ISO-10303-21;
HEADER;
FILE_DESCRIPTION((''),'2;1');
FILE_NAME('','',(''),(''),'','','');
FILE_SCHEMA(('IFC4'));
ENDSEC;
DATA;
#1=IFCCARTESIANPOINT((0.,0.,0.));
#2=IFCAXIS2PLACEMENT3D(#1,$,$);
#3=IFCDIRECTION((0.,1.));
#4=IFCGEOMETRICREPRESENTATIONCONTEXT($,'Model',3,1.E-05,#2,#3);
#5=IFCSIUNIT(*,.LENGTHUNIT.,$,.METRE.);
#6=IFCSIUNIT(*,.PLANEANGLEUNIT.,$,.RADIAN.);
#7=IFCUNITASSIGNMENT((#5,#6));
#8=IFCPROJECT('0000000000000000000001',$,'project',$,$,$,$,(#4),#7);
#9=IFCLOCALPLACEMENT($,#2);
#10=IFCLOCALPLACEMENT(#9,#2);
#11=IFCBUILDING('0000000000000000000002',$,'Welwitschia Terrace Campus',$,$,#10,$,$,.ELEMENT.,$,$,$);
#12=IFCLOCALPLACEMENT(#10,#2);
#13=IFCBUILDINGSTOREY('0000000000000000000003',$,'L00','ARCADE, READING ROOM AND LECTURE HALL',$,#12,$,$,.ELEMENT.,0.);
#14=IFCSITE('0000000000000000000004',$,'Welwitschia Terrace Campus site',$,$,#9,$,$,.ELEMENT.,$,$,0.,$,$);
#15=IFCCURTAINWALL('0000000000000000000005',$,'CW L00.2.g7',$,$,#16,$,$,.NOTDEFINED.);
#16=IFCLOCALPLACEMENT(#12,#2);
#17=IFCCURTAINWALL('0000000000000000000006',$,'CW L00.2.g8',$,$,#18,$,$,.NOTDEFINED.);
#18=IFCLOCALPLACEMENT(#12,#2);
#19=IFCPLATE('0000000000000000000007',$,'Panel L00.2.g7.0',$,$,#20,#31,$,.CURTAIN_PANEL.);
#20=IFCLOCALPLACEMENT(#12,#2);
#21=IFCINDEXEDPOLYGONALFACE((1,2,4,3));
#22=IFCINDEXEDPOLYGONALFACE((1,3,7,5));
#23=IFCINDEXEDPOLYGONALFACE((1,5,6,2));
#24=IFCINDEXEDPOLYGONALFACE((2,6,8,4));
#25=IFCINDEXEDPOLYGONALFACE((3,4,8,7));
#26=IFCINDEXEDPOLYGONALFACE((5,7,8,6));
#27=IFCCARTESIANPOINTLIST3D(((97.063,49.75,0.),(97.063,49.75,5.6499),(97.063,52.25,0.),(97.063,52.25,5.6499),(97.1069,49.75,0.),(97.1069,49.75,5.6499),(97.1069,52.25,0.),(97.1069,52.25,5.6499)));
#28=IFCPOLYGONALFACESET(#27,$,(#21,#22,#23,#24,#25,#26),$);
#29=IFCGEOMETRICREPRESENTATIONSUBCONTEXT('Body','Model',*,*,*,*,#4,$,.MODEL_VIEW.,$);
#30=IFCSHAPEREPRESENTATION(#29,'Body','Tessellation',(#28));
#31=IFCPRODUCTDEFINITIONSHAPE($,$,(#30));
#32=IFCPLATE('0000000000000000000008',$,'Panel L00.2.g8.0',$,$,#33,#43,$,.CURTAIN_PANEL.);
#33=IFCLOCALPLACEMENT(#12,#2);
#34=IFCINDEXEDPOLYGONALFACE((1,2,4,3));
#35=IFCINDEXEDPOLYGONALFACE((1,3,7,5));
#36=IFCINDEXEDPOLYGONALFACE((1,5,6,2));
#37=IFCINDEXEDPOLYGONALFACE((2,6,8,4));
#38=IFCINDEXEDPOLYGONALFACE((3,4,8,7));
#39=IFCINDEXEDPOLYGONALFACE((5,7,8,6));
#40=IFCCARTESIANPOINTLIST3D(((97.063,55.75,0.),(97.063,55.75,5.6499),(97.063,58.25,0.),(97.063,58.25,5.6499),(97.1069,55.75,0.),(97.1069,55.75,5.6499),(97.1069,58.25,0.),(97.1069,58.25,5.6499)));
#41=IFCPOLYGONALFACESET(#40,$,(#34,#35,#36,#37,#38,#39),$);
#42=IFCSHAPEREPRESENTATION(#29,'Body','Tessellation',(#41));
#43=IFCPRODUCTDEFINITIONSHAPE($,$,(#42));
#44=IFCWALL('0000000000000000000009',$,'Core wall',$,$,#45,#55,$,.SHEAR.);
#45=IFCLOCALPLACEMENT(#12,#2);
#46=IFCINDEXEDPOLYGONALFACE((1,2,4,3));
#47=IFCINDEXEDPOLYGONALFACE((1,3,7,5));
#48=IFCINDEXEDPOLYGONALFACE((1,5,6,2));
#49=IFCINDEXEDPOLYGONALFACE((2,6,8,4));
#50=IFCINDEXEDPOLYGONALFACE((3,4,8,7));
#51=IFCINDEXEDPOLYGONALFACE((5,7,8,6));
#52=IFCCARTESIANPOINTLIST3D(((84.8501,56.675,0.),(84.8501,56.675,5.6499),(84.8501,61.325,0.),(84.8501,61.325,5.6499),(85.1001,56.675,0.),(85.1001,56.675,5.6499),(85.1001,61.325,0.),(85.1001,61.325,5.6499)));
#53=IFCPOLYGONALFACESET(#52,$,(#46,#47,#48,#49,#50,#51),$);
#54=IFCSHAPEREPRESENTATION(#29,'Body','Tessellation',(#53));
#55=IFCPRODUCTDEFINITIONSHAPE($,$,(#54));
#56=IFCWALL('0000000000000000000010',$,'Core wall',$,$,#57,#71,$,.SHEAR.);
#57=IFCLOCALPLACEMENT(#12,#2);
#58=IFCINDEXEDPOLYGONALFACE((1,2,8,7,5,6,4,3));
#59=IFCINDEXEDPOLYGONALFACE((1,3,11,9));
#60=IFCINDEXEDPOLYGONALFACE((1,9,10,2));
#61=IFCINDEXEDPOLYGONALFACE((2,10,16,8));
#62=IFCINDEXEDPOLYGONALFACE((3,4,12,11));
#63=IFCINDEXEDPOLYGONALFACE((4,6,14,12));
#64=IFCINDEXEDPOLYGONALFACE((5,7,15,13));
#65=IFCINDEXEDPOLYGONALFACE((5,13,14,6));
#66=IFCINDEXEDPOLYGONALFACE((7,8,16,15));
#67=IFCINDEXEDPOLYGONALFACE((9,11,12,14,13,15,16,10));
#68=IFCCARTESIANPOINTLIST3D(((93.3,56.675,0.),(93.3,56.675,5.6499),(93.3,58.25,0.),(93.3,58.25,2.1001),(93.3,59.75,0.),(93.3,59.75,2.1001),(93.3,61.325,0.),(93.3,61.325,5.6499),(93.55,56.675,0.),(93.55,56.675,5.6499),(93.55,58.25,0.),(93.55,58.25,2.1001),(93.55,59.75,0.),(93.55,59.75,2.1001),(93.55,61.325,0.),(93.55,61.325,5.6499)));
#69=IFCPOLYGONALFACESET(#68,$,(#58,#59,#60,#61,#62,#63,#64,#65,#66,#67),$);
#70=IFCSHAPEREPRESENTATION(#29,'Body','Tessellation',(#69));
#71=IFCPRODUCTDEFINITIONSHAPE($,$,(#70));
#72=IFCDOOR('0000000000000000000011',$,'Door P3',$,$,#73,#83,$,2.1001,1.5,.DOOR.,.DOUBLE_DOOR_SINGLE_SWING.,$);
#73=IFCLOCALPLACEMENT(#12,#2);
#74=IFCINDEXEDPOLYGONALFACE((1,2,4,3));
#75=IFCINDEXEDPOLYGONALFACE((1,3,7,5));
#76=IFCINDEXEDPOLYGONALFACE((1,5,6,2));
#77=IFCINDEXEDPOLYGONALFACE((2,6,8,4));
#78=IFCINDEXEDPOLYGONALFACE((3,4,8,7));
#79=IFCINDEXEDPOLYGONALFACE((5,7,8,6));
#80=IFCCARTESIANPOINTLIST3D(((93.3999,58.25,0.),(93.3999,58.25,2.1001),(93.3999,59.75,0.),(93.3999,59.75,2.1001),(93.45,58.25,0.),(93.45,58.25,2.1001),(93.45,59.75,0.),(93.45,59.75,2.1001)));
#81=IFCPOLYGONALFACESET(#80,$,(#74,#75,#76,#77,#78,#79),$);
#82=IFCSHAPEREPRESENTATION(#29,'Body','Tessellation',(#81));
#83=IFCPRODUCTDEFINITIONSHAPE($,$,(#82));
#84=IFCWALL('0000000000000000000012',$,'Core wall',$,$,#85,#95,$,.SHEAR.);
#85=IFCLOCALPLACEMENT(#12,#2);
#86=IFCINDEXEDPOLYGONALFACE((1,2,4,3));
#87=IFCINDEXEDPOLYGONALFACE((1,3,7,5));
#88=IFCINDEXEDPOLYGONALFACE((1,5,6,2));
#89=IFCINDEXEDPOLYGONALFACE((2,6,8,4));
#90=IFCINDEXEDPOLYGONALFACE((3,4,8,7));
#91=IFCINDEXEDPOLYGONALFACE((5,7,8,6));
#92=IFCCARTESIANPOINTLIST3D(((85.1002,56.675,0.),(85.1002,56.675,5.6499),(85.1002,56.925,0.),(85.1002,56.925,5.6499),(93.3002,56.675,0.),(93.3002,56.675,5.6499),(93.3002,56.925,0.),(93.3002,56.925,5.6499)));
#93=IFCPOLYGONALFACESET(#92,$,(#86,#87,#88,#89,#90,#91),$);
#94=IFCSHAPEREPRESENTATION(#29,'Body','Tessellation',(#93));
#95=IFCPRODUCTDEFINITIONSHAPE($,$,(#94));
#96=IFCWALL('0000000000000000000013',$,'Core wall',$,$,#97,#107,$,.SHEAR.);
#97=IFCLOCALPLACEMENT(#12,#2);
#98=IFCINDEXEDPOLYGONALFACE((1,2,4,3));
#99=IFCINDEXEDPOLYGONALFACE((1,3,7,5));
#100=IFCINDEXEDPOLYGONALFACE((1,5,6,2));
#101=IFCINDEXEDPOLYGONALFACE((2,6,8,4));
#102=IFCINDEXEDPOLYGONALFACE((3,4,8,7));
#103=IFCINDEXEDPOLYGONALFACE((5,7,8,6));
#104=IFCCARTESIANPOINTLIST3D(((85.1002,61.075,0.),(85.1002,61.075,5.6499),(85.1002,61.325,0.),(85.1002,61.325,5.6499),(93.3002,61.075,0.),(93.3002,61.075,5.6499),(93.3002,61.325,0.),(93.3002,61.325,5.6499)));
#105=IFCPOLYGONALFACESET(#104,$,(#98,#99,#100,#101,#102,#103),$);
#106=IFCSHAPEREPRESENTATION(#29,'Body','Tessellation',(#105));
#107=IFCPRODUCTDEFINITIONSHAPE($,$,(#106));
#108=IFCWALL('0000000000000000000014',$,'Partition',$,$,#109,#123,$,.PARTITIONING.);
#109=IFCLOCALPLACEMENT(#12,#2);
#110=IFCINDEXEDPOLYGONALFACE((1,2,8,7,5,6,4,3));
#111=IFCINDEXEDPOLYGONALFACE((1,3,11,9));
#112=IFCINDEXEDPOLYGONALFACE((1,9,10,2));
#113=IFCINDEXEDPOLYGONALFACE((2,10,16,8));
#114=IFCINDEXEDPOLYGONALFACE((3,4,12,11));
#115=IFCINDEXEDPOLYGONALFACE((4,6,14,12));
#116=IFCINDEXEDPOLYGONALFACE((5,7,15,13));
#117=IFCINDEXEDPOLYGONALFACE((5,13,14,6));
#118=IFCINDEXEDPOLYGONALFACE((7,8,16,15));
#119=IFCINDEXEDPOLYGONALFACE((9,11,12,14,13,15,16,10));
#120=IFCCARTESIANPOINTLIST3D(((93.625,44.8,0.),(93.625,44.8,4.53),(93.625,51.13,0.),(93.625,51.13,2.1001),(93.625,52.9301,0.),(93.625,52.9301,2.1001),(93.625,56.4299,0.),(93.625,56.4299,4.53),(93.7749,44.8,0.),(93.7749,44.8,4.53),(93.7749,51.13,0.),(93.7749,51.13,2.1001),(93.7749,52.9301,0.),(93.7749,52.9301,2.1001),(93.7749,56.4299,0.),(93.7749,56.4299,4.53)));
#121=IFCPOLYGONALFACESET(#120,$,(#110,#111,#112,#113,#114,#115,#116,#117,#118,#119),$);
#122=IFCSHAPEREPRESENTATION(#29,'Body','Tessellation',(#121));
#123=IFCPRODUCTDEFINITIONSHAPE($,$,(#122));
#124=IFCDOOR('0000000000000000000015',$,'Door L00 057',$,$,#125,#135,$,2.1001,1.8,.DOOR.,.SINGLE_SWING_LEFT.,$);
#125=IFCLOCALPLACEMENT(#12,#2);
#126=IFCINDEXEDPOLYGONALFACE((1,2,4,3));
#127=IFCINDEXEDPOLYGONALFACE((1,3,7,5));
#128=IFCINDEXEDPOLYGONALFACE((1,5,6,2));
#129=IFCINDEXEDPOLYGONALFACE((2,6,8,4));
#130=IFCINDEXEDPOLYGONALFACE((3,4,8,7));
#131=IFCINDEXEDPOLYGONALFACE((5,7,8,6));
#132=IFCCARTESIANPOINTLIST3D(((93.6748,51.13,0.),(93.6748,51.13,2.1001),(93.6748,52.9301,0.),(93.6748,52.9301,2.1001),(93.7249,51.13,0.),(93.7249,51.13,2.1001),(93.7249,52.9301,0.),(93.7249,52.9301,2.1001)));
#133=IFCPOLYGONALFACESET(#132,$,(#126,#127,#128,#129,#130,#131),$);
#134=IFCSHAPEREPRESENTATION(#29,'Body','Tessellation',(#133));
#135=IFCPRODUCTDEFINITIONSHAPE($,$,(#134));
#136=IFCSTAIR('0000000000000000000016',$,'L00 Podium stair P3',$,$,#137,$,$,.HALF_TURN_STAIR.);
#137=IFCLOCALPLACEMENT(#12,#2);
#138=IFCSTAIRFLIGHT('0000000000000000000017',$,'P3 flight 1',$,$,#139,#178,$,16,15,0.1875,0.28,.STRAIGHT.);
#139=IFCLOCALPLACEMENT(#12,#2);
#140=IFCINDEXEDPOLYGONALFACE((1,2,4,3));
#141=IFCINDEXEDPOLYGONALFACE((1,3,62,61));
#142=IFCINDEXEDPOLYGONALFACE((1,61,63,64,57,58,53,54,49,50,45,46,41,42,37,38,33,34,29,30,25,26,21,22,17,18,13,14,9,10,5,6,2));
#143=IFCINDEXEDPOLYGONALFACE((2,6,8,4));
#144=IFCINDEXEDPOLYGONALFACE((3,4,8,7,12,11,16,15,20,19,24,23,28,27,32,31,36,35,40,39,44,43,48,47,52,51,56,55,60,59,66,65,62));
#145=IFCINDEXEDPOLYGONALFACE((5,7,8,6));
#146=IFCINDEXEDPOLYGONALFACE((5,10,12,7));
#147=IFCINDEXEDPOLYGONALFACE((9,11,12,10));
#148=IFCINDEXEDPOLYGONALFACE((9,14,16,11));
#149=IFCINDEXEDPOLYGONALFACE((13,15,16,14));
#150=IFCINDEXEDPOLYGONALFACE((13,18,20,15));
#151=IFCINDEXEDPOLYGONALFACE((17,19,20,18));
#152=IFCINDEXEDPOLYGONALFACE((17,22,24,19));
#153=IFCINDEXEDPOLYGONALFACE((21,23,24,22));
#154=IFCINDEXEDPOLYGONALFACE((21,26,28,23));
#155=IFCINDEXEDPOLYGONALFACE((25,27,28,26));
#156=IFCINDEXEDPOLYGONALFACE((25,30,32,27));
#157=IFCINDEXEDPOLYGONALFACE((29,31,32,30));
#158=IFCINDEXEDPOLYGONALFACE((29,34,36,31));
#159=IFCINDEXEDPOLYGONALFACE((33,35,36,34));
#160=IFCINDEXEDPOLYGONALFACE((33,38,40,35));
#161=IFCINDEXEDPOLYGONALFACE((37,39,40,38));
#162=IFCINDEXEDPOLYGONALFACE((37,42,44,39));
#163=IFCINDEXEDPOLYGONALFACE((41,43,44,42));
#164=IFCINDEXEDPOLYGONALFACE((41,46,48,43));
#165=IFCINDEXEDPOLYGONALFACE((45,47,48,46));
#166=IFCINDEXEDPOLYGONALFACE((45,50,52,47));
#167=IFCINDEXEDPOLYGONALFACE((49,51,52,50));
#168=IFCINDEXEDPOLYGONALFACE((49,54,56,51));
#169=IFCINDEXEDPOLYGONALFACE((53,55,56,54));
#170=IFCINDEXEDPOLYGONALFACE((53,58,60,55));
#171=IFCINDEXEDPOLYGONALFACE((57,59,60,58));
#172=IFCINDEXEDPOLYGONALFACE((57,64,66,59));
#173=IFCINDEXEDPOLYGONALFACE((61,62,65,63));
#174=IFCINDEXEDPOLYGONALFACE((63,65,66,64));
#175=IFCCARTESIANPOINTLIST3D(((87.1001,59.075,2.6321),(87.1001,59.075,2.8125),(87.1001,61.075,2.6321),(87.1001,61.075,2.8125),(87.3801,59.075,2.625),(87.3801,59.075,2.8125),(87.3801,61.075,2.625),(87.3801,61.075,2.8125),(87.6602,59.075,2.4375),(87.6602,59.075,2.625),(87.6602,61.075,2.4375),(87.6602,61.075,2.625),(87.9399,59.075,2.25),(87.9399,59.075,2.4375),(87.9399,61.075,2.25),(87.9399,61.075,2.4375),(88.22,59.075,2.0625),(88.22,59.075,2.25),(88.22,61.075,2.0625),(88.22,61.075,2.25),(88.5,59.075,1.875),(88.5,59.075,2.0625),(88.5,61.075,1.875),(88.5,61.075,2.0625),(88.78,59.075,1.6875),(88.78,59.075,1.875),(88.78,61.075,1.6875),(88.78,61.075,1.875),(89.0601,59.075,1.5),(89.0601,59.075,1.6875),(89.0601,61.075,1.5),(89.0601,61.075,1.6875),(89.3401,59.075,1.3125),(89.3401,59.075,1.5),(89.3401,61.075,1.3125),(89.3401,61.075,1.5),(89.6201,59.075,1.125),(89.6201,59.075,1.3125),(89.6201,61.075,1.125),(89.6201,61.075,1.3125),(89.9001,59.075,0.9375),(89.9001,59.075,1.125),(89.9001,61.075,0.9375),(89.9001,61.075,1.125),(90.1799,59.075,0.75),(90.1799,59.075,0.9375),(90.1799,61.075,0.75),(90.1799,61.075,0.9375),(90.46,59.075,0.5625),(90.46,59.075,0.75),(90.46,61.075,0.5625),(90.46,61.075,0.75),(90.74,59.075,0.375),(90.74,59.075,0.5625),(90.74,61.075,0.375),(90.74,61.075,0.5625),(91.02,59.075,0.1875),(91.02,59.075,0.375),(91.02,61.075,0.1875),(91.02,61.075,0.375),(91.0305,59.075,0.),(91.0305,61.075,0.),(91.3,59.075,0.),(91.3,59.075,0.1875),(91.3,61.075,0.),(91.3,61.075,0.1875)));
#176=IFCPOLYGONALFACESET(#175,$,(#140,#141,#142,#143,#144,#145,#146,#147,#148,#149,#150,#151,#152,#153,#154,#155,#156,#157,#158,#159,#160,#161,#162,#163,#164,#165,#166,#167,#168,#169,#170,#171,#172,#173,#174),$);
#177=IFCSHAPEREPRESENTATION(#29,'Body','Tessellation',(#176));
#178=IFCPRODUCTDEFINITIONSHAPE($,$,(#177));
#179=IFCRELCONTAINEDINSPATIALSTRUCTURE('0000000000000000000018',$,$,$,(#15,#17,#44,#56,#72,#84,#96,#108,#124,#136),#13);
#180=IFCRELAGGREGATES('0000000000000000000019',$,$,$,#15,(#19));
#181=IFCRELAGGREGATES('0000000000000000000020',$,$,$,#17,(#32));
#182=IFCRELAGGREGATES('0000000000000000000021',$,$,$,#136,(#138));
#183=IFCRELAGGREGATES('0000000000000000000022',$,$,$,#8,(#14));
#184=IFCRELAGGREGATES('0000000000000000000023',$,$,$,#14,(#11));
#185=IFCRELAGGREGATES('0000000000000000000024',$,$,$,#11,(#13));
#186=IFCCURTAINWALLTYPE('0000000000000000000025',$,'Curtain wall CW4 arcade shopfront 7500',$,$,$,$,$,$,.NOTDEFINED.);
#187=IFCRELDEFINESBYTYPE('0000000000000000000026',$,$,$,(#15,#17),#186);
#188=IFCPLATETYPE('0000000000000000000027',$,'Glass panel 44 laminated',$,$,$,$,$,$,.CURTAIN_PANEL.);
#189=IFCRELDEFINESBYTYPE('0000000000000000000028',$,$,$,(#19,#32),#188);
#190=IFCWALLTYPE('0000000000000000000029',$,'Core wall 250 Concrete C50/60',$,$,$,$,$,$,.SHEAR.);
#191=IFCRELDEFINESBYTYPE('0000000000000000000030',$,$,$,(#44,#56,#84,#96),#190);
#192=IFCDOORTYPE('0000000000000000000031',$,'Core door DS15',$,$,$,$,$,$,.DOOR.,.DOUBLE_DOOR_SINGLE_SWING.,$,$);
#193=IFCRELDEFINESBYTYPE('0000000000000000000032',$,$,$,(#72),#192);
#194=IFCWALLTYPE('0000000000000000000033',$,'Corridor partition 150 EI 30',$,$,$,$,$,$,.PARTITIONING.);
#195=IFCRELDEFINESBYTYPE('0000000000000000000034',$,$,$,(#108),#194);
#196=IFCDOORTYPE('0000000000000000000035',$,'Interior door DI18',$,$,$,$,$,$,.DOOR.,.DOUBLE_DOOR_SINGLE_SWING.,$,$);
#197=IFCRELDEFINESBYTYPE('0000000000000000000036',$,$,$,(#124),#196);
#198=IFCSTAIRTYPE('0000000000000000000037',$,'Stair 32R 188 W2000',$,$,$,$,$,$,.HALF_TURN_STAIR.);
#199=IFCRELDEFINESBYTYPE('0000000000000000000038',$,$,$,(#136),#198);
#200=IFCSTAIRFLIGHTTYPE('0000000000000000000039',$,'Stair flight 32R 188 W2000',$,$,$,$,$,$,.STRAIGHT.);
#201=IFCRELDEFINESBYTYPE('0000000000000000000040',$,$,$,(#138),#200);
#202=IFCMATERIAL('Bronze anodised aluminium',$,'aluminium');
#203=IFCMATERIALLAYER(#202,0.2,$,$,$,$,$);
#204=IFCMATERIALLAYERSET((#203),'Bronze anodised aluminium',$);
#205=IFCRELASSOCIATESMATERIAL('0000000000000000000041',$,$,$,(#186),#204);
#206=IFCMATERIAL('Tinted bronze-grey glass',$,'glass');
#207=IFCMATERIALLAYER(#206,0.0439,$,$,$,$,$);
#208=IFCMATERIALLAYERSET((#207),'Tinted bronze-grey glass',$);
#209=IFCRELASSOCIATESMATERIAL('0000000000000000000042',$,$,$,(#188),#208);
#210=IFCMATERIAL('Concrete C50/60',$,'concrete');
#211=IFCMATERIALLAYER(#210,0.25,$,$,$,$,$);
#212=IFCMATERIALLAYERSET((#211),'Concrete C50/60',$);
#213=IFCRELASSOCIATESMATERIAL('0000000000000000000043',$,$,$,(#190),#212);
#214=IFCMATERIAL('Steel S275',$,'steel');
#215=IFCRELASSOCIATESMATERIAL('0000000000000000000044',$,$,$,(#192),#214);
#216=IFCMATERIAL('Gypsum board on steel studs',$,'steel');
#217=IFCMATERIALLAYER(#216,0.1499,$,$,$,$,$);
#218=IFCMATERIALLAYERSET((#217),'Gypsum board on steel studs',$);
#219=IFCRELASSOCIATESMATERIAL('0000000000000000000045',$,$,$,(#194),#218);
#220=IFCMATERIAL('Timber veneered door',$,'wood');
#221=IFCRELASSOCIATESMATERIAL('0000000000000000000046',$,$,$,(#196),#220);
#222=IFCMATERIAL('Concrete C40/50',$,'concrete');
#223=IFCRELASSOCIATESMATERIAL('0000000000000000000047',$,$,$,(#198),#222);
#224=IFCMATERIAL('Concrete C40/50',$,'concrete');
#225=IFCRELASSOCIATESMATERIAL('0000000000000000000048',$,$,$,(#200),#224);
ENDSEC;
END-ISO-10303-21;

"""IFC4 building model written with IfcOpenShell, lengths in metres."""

from ifc_helpers import new_model, si_unit, direction, frame, frame_2d, origin, origin_2d, place, context, subcontext, project, spatial, polyline, rectangle, outline, extrude, material, layer, layer_set, type_object, element, fill, aggregate, save


model = new_model("IFC4")

# Units and contexts
model_context = context("Model", 3, precision=1e-05, world=origin(), true_north=direction((0.0, 1.0)))
body_context = subcontext(model_context, "Body", "Model", "MODEL_VIEW")
ifc_project = project(units=[si_unit("LENGTHUNIT", "METRE"), si_unit("PLANEANGLEUNIT", "RADIAN")], contexts=[model_context])

# Site, building, storey
site_placement = place(None, origin())
site = spatial("IfcSite", under=ifc_project, at=site_placement, Name="Welwitschia Terrace Campus site", CompositionType="ELEMENT", RefElevation=0.0)
building_placement = place(site_placement, origin())
building = spatial("IfcBuilding", under=site, at=building_placement, Name="Welwitschia Terrace Campus", CompositionType="ELEMENT")
storey_placement = place(building_placement, origin())
storey = spatial("IfcBuildingStorey", under=building, at=storey_placement, Name="L00", Description="ARCADE, READING ROOM AND LECTURE HALL", CompositionType="ELEMENT", Elevation=0.0)

# Shared definitions
ifc_material_1 = material(Name="Bronze anodised aluminium", Category="aluminium")
ifc_layer_1 = layer(ifc_material_1, 0.2)
ifc_layer_set_1 = layer_set([ifc_layer_1], Name="Bronze anodised aluminium")
curtain_wall_type = type_object("IfcCurtainWallType", Name="Curtain wall CW4 arcade shopfront 7500", PredefinedType="NOTDEFINED", material=ifc_layer_set_1)

# Curtain walls
curtain_wall_1_placement = place(storey_placement, origin())
curtain_wall_1 = element("IfcCurtainWall", 1, at=curtain_wall_1_placement, inside=storey, type_object=curtain_wall_type, Name="CW L00.2.g7", PredefinedType="NOTDEFINED")
curtain_wall_2_placement = place(storey_placement, origin())
curtain_wall_2 = element("IfcCurtainWall", 2, at=curtain_wall_2_placement, inside=storey, type_object=curtain_wall_type, Name="CW L00.2.g8", PredefinedType="NOTDEFINED")

# Plates
ifc_material_2 = material(Name="Tinted bronze-grey glass", Category="glass")
ifc_layer_2 = layer(ifc_material_2, 0.0439)
ifc_layer_set_2 = layer_set([ifc_layer_2], Name="Tinted bronze-grey glass")
plate_type = type_object("IfcPlateType", Name="Glass panel 44 laminated", PredefinedType="CURTAIN_PANEL", material=ifc_layer_set_2)
plate_1_placement = place(storey_placement, frame((97.085, 51.0, 0.0), z_axis=(0.0, 0.0, 1.0), x_axis=(0.0, 1.0, 0.0)))
plate_1 = element("IfcPlate", 3, at=plate_1_placement, type_object=plate_type, Name="Panel L00.2.g7.0", PredefinedType="CURTAIN_PANEL", context=body_context, shape_type="SweptSolid", body=[
    extrude(rectangle(XDim=2.5, YDim=0.0439, at=origin_2d()), origin(), (0.0, 0.0, 1.0), 5.6499),
])
aggregate(curtain_wall_1, [plate_1])
plate_2_placement = place(storey_placement, frame((97.085, 57.0, 0.0), z_axis=(0.0, 0.0, 1.0), x_axis=(0.0, 1.0, 0.0)))
plate_2 = element("IfcPlate", 4, at=plate_2_placement, type_object=plate_type, Name="Panel L00.2.g8.0", PredefinedType="CURTAIN_PANEL", context=body_context, shape_type="SweptSolid", body=[
    extrude(rectangle(XDim=2.5, YDim=0.0439, at=origin_2d()), origin(), (0.0, 0.0, 1.0), 5.6499),
])
aggregate(curtain_wall_2, [plate_2])

# Wall
ifc_material_3 = material(Name="Concrete C50/60", Category="concrete")
ifc_layer_3 = layer(ifc_material_3, 0.25)
ifc_layer_set_3 = layer_set([ifc_layer_3], Name="Concrete C50/60")
wall_type_1 = type_object("IfcWallType", Name="Core wall 250 Concrete C50/60", PredefinedType="SHEAR", material=ifc_layer_set_3)
wall_1_placement = place(storey_placement, frame((84.9751, 56.675, 0.0), z_axis=(0.0, 0.0, 1.0), x_axis=(0.0, 1.0, 0.0)))
element("IfcWall", 5, at=wall_1_placement, inside=storey, type_object=wall_type_1, Name="Core wall", PredefinedType="SHEAR", context=body_context, shape_type="SweptSolid", body=[
    extrude(rectangle(XDim=4.6499, YDim=0.25, at=frame_2d((2.325, 0.0))), origin(), (0.0, 0.0, 1.0), 5.6499),
])

# Wall, opening, door
wall_2_placement = place(storey_placement, frame((93.425, 61.325, 0.0), z_axis=(0.0, 0.0, 1.0), x_axis=(0.0, -1.0, 0.0)))
wall_2 = element("IfcWall", 6, at=wall_2_placement, inside=storey, type_object=wall_type_1, Name="Core wall", PredefinedType="SHEAR", context=body_context, shape_type="SweptSolid", body=[
    extrude(rectangle(XDim=4.6499, YDim=0.25, at=frame_2d((2.325, 0.0))), origin(), (0.0, 0.0, 1.0), 5.6499),
])
opening_1_placement = place(wall_2_placement, frame((1.575, 0.0, 0.0)))
opening_1 = element("IfcOpeningElement", 7, at=opening_1_placement, cuts=wall_2, PredefinedType="OPENING", context=body_context, shape_type="SweptSolid", body=[
    extrude(rectangle(XDim=1.5, YDim=2.1001, at=frame_2d((0.75, 1.05))), frame((0.0, 0.135, 0.0), z_axis=(0.0, -1.0, 0.0), x_axis=(1.0, 0.0, 0.0)), (0.0, 0.0, 1.0), 0.27),
])
ifc_material_4 = material(Name="Steel S275", Category="steel")
door_type_1 = type_object("IfcDoorType", Name="Core door DS15", OperationType="DOUBLE_DOOR_SINGLE_SWING", PredefinedType="DOOR", material=ifc_material_4)
door_1_placement = place(opening_1_placement, origin())
door_1 = element("IfcDoor", 8, at=door_1_placement, inside=storey, type_object=door_type_1, Name="Door P3", OperationType="DOUBLE_DOOR_SINGLE_SWING", OverallHeight=2.1001, OverallWidth=1.5, PredefinedType="DOOR", context=body_context, shape_type="SweptSolid", body=[
    extrude(rectangle(XDim=1.5, YDim=2.1001, at=frame_2d((0.75, 1.05))), frame((0.0, 0.0249, 0.0), z_axis=(0.0, -1.0, 0.0), x_axis=(1.0, 0.0, 0.0)), (0.0, 0.0, 1.0), 0.05),
])
fill(opening_1, door_1)

# Walls
for number, where, z_axis, x_axis, name in (
    (9, (85.1001, 56.8, 0.0), (0.0, 0.0, 1.0), (1.0, 0.0, 0.0), "Core wall"),
    (10, (85.1001, 61.2, 0.0), (0.0, 0.0, 1.0), (1.0, 0.0, 0.0), "Core wall"),
):
    element("IfcWall", number, at=place(storey_placement, frame(where, z_axis=z_axis, x_axis=x_axis)), inside=storey, type_object=wall_type_1, Name=name, PredefinedType="SHEAR", context=body_context, shape_type="SweptSolid", body=[
        extrude(rectangle(XDim=8.2, YDim=0.25, at=frame_2d((4.1001, 0.0))), origin(), (0.0, 0.0, 1.0), 5.6499),
    ])

# Wall, opening, door
ifc_material_5 = material(Name="Gypsum board on steel studs", Category="steel")
ifc_layer_4 = layer(ifc_material_5, 0.1499)
ifc_layer_set_4 = layer_set([ifc_layer_4], Name="Gypsum board on steel studs")
wall_type_2 = type_object("IfcWallType", Name="Corridor partition 150 EI 30", PredefinedType="PARTITIONING", material=ifc_layer_set_4)
wall_3_placement = place(storey_placement, frame((93.7, 56.4299, 0.0), z_axis=(0.0, 0.0, 1.0), x_axis=(0.0, -1.0, 0.0)))
wall_3 = element("IfcWall", 11, at=wall_3_placement, inside=storey, type_object=wall_type_2, Name="Partition", PredefinedType="PARTITIONING", context=body_context, shape_type="SweptSolid", body=[
    extrude(rectangle(XDim=11.6299, YDim=0.1499, at=frame_2d((5.8149, 0.0))), origin(), (0.0, 0.0, 1.0), 4.53),
])
opening_2_placement = place(wall_3_placement, frame((3.5, 0.0, 0.0)))
opening_2 = element("IfcOpeningElement", 12, at=opening_2_placement, cuts=wall_3, PredefinedType="OPENING", context=body_context, shape_type="SweptSolid", body=[
    extrude(rectangle(XDim=1.8, YDim=2.1001, at=frame_2d((0.8999, 1.05))), frame((0.0, 0.085, 0.0), z_axis=(0.0, -1.0, 0.0), x_axis=(1.0, 0.0, 0.0)), (0.0, 0.0, 1.0), 0.1699),
])
ifc_material_6 = material(Name="Timber veneered door", Category="wood")
door_type_2 = type_object("IfcDoorType", Name="Interior door DI18", OperationType="DOUBLE_DOOR_SINGLE_SWING", PredefinedType="DOOR", material=ifc_material_6)
door_2_placement = place(opening_2_placement, origin())
door_2 = element("IfcDoor", 13, at=door_2_placement, inside=storey, type_object=door_type_2, Name="Door L00 057", OperationType="SINGLE_SWING_LEFT", OverallHeight=2.1001, OverallWidth=1.8, PredefinedType="DOOR", context=body_context, shape_type="SweptSolid", body=[
    extrude(rectangle(XDim=1.8, YDim=2.1001, at=frame_2d((0.8999, 1.05))), frame((0.0, 0.0249, 0.0), z_axis=(0.0, -1.0, 0.0), x_axis=(1.0, 0.0, 0.0)), (0.0, 0.0, 1.0), 0.05),
])
fill(opening_2, door_2)

# Stair, stair flight
ifc_material_7 = material(Name="Concrete C40/50", Category="concrete")
stair_type = type_object("IfcStairType", Name="Stair 32R 188 W2000", PredefinedType="HALF_TURN_STAIR", material=ifc_material_7)
stair_placement = place(storey_placement, origin())
stair = element("IfcStair", 14, at=stair_placement, inside=storey, type_object=stair_type, Name="L00 Podium stair P3", PredefinedType="HALF_TURN_STAIR")
ifc_material_8 = material(Name="Concrete C40/50", Category="concrete")
stair_flight_type = type_object("IfcStairFlightType", Name="Stair flight 32R 188 W2000", PredefinedType="STRAIGHT", material=ifc_material_8)
stair_flight_1_placement = place(storey_placement, frame((91.3, 60.075, 0.0), z_axis=(0.0, 0.0, 1.0), x_axis=(-1.0, 0.0, 0.0)))
stair_flight_1 = element("IfcStairFlight", 15, at=stair_flight_1_placement, type_object=stair_flight_type, Name="P3 flight 1", NumberOfRisers=16, NumberOfTreads=15, PredefinedType="STRAIGHT", RiserHeight=0.1875, TreadLength=0.28, context=body_context, shape_type="SweptSolid", body=[
    extrude(outline(polyline([(0.0, 0.0), (0.0, 0.1875), (0.28, 0.1875), (0.28, 0.375), (0.5601, 0.375), (0.5601, 0.5625), (0.8401, 0.5625), (0.8401, 0.75), (1.1201, 0.75), (1.1201, 0.9375), (1.3999, 0.9375), (1.3999, 1.125), (1.6799, 1.125), (1.6799, 1.3125), (1.96, 1.3125), (1.96, 1.5), (2.24, 1.5), (2.24, 1.6875), (2.52, 1.6875), (2.52, 1.875), (2.8, 1.875), (2.8, 2.0625), (3.0801, 2.0625), (3.0801, 2.25), (3.3601, 2.25), (3.3601, 2.4375), (3.6399, 2.4375), (3.6399, 2.625), (3.9199, 2.625), (3.9199, 2.8125), (4.2, 2.8125), (4.2, 3.0), (4.2, 2.6321), (0.2695, 0.0), (0.0, 0.0)])), frame((0.0, 1.0, 0.0), z_axis=(0.0, -1.0, 0.0), x_axis=(1.0, 0.0, 0.0)), (0.0, 0.0, 1.0), 2.0),
])
aggregate(stair, [stair_flight_1])

save(model, "model.ifc")
